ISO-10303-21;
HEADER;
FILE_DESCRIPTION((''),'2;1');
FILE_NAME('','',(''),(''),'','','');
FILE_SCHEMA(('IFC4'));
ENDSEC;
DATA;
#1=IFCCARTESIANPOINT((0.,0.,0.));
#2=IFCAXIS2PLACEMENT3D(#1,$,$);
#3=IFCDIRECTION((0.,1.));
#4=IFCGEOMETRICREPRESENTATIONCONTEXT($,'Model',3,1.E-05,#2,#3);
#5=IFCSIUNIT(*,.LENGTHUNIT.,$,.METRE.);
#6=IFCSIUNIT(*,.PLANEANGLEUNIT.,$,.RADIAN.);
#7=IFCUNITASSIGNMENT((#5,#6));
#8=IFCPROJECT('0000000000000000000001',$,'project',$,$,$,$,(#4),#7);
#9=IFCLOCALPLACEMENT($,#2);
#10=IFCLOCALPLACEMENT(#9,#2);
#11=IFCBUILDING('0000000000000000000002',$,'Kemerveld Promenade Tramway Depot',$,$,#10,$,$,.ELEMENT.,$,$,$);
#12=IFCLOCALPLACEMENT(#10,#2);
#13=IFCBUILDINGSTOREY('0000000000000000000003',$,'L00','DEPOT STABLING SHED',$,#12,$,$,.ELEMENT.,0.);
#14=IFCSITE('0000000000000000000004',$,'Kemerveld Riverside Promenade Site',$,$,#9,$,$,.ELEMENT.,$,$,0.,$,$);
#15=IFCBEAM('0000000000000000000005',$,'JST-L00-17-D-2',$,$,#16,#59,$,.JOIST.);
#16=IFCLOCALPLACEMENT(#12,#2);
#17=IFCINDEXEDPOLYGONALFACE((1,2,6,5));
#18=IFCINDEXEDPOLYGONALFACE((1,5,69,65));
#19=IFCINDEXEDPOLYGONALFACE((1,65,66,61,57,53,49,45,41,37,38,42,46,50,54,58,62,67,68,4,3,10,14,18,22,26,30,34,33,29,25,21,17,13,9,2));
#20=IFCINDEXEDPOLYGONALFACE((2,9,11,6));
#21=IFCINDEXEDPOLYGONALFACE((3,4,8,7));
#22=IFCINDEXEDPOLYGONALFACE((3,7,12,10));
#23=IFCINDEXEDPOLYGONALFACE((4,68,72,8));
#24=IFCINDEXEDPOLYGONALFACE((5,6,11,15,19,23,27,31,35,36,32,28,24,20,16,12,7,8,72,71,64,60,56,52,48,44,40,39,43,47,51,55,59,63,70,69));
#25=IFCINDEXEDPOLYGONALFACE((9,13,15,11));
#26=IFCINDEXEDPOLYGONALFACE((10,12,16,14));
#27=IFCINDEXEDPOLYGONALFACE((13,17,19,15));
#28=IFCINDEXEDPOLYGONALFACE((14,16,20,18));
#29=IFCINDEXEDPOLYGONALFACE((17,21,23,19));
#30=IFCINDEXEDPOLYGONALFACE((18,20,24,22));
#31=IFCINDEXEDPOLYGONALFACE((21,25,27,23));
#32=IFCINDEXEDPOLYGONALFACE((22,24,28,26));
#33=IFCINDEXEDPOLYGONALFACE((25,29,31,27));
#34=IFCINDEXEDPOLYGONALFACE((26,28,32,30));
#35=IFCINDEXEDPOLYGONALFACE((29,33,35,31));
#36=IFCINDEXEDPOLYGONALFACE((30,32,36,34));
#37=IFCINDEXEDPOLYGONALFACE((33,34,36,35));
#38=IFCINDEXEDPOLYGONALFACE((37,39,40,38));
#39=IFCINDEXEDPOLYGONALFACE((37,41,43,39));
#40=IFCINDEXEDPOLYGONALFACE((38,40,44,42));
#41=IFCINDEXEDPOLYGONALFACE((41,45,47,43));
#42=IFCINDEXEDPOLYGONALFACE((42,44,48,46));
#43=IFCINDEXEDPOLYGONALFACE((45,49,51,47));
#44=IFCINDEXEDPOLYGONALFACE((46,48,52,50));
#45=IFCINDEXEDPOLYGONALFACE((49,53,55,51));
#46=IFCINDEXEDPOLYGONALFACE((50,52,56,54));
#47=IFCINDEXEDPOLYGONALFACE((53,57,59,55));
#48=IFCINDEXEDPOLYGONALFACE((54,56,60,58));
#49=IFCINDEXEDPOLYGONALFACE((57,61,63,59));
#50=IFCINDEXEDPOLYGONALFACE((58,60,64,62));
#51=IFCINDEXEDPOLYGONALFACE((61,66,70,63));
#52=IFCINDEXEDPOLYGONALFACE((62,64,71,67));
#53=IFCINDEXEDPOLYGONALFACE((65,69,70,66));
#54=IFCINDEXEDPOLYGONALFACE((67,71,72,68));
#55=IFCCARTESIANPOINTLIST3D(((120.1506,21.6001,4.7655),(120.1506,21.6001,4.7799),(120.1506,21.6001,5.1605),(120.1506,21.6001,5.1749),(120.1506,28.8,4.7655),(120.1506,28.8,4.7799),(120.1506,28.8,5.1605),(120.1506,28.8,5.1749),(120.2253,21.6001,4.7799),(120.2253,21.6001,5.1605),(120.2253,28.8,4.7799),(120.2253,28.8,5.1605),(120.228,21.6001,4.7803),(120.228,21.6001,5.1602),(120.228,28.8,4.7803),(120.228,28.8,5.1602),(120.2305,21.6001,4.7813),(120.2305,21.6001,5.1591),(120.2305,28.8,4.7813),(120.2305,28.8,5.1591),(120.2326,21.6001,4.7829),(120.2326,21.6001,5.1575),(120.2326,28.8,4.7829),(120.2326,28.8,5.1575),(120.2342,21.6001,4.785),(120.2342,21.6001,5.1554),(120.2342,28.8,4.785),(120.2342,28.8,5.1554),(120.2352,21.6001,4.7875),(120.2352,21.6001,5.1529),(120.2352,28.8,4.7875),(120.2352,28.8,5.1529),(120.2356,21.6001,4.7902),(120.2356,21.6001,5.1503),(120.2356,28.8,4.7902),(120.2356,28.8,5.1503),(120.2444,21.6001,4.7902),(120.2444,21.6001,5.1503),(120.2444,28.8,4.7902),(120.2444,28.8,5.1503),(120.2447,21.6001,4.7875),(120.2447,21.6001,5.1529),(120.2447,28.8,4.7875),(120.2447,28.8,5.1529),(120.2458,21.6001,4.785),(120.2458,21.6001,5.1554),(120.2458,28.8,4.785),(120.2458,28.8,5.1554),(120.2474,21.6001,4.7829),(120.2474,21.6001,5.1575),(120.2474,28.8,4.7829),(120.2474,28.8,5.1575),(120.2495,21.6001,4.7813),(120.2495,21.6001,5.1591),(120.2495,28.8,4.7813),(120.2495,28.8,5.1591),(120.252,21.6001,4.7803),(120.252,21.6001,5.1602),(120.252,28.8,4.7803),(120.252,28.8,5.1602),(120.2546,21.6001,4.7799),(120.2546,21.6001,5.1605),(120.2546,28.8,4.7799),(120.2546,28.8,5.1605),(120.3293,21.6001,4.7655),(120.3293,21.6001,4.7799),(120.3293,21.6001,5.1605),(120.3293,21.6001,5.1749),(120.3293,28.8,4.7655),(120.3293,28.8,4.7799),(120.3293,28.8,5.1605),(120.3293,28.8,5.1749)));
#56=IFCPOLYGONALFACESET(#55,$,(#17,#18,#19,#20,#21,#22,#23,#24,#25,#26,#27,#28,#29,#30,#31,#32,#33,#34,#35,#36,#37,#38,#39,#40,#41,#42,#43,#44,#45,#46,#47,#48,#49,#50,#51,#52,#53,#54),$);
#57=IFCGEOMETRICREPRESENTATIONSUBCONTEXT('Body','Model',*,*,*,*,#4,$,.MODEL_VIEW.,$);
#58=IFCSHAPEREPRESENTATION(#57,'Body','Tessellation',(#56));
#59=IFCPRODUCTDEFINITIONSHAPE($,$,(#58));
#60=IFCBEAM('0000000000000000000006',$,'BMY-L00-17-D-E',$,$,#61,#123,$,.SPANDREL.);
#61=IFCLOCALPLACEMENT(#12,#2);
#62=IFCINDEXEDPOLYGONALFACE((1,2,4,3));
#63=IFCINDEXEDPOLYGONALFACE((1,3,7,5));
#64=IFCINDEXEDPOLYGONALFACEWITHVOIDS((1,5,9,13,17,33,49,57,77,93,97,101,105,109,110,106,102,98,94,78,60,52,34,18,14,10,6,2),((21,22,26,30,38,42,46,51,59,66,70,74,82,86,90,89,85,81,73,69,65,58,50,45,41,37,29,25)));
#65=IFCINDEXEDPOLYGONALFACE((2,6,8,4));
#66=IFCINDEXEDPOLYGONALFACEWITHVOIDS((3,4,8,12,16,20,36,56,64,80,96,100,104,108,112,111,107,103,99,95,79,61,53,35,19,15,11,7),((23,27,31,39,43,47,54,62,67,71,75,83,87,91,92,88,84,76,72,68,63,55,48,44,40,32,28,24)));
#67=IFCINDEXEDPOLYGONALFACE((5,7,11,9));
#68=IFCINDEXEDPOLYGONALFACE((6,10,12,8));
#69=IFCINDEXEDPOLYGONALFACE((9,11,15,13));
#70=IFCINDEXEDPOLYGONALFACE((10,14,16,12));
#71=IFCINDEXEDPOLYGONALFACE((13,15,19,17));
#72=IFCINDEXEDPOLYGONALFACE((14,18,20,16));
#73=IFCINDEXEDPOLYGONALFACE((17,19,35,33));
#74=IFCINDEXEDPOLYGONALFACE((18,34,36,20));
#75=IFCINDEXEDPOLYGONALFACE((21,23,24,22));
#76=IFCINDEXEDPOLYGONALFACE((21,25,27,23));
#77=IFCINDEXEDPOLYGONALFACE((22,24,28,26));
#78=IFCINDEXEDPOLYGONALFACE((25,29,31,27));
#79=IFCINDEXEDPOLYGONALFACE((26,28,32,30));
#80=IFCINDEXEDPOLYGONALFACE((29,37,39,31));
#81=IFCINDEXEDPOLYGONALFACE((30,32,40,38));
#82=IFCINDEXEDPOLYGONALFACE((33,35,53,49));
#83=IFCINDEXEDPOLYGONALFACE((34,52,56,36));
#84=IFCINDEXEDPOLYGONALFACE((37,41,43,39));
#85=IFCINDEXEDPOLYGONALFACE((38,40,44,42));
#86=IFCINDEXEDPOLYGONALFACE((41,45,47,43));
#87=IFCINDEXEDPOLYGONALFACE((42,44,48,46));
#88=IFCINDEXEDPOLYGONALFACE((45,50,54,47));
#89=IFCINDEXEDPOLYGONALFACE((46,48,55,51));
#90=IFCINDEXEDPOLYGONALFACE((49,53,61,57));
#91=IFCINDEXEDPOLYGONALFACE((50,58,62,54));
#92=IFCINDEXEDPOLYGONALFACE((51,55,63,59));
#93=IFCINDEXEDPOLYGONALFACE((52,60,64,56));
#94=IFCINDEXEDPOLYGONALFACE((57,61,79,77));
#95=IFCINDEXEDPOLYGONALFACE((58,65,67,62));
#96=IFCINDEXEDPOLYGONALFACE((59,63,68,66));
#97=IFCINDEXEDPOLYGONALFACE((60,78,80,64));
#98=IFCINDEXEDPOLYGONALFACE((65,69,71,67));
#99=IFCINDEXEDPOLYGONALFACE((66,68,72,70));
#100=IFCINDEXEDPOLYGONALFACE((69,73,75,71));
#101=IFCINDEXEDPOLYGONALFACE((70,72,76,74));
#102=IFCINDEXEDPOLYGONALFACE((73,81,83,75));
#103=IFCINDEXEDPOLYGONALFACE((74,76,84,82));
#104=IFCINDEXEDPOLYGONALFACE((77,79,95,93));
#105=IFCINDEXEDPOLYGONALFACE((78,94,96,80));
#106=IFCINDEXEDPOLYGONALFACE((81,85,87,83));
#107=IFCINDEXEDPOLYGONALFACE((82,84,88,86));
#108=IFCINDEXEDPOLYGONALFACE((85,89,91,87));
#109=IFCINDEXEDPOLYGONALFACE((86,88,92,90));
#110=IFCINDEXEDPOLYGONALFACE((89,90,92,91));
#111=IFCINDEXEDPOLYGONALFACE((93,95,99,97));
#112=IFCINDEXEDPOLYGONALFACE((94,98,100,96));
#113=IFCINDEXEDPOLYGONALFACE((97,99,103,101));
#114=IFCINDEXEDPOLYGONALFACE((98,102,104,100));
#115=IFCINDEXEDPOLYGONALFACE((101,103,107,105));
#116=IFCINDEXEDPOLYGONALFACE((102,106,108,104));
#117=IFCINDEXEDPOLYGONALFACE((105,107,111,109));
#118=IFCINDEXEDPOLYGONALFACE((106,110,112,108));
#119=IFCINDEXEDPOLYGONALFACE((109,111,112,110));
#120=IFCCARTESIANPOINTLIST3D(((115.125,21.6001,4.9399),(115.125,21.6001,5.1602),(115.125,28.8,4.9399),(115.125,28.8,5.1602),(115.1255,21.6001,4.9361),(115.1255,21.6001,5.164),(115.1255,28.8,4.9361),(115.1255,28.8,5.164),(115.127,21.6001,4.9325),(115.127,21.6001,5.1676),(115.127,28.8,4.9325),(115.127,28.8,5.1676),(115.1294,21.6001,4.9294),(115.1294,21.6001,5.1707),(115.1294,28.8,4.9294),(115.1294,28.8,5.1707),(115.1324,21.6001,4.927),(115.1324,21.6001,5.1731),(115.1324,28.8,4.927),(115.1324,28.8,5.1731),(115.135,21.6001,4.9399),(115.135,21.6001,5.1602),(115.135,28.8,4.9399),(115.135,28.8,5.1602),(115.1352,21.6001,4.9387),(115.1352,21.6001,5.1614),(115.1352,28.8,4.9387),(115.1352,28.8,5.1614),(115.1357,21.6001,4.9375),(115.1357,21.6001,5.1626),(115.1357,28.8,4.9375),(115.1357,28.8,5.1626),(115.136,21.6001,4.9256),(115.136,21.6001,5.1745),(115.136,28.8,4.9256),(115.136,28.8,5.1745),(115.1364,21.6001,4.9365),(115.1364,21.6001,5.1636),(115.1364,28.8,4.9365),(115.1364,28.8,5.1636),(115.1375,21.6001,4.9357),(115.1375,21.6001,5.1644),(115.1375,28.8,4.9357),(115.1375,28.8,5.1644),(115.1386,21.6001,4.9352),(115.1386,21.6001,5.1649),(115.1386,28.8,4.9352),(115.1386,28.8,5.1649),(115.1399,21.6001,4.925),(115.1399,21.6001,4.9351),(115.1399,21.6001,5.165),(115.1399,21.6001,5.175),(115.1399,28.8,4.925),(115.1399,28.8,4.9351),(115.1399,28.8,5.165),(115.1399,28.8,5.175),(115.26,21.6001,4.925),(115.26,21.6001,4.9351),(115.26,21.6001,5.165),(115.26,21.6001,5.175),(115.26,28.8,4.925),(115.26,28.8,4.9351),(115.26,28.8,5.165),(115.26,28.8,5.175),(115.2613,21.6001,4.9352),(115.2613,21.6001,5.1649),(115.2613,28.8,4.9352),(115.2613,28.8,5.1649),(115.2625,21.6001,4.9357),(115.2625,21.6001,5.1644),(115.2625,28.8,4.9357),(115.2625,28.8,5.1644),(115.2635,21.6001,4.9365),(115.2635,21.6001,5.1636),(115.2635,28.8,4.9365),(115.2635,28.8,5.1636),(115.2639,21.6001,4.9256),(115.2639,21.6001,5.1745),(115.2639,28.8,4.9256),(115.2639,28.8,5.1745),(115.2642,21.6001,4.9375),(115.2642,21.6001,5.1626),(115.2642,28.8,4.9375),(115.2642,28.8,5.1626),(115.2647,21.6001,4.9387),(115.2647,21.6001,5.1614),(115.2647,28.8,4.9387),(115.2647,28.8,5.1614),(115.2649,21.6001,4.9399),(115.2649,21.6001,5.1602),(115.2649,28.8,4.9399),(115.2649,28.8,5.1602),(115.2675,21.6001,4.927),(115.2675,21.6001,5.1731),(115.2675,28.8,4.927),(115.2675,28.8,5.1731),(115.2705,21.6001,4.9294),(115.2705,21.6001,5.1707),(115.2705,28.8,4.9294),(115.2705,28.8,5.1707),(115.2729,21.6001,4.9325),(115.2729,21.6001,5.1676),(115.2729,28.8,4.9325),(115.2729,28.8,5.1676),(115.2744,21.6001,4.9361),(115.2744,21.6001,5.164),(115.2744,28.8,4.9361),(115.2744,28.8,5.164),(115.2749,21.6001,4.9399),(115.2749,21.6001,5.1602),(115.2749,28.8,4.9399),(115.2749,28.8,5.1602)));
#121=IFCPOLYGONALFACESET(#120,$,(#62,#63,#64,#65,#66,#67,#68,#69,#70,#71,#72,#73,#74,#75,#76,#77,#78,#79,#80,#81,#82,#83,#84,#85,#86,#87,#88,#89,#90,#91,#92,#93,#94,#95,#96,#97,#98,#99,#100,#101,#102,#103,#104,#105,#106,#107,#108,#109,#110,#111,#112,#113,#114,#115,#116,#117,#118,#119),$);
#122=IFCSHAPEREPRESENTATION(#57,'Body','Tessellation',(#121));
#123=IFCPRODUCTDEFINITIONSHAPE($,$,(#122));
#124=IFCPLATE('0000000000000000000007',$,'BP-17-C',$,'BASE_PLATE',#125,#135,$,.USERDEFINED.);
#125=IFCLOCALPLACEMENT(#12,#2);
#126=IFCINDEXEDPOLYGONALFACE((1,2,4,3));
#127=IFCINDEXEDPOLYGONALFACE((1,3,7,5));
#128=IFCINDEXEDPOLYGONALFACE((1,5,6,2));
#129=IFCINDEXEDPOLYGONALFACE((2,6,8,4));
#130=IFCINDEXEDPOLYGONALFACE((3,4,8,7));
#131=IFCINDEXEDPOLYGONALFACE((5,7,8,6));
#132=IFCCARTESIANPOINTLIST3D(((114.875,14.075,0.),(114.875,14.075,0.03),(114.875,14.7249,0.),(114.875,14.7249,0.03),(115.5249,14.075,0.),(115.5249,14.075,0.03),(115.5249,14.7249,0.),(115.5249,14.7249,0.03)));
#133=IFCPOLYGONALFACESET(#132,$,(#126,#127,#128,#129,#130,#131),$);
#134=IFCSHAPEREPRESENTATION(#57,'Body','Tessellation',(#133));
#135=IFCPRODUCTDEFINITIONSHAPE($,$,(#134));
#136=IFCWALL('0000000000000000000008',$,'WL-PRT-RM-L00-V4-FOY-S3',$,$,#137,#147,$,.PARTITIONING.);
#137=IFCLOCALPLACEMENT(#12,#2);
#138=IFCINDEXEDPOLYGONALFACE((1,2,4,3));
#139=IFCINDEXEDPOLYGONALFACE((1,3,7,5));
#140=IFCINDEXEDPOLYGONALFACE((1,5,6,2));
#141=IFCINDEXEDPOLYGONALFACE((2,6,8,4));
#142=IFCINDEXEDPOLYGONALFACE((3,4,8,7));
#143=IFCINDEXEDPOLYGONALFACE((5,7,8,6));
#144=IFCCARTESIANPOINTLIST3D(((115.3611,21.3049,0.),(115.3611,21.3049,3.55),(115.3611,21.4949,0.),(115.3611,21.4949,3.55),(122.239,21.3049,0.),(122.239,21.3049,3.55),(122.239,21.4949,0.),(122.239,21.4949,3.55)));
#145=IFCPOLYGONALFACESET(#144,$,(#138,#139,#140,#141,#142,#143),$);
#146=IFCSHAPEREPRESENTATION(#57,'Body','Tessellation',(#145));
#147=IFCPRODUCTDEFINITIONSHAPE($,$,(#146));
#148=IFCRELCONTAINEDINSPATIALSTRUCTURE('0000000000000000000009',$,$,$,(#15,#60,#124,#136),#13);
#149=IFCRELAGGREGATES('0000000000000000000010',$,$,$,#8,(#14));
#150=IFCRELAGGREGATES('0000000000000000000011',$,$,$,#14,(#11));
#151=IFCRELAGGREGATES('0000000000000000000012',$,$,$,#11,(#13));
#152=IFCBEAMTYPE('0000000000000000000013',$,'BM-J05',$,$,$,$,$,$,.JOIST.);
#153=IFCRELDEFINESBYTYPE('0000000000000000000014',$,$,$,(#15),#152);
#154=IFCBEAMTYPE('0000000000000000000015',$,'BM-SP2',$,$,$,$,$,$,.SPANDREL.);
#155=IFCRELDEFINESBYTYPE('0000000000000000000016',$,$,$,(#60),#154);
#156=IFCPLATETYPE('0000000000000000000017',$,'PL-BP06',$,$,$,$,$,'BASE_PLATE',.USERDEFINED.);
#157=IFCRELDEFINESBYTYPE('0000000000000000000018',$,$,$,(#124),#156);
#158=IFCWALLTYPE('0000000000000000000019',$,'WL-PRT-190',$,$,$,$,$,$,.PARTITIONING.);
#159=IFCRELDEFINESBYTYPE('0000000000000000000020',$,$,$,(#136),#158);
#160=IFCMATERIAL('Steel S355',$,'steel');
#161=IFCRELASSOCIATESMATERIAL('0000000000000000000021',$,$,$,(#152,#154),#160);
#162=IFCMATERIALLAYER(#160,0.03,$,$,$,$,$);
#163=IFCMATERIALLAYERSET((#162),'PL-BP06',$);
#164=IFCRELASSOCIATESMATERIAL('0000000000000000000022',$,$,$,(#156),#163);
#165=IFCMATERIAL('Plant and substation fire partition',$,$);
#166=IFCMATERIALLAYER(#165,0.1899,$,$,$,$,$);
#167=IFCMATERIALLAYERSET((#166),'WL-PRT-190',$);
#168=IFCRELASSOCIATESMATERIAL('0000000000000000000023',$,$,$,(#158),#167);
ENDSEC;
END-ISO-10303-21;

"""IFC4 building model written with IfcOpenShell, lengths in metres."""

from ifc_helpers import new_model, si_unit, direction, frame, frame_2d, origin, origin_2d, place, context, subcontext, project, spatial, rectangle, hollow_rectangle, i_section, extrude, material, layer, layer_set, material_profile, profile_set, type_object, element, save


model = new_model("IFC4")

# Units and contexts
model_context = context("Model", 3, precision=1e-05, world=origin(), true_north=direction((0.0, 1.0)))
body_context = subcontext(model_context, "Body", "Model", "MODEL_VIEW")
ifc_project = project(units=[si_unit("LENGTHUNIT", "METRE"), si_unit("PLANEANGLEUNIT", "RADIAN")], contexts=[model_context])

# Site, building, storey
site_placement = place(None, origin())
site = spatial("IfcSite", under=ifc_project, at=site_placement, Name="Kemerveld Riverside Promenade Site", CompositionType="ELEMENT", RefElevation=0.0)
building_placement = place(site_placement, origin())
building = spatial("IfcBuilding", under=site, at=building_placement, Name="Kemerveld Promenade Tramway Depot", CompositionType="ELEMENT")
storey_placement = place(building_placement, origin())
storey = spatial("IfcBuildingStorey", under=building, at=storey_placement, Name="L00", Description="DEPOT STABLING SHED", CompositionType="ELEMENT", Elevation=0.0)

# Shared definitions
ifc_material_1 = material(Name="Steel S355", Category="steel")

# Beams
ifc_material_profile_1 = material_profile(ifc_material_1, i_section(OverallWidth=0.1787, OverallDepth=0.4094, WebThickness=0.0088, FlangeThickness=0.0144, FilletRadius=0.0103, at=origin_2d()), Name="406x178x67 UB")
ifc_profile_set_1 = profile_set([ifc_material_profile_1], Name="Steel S355")
beam_type_1 = type_object("IfcBeamType", Name="BM-J05", PredefinedType="JOIST", material=ifc_profile_set_1)
for number, where, z_axis, x_axis, name in (
    (1, (120.24, 21.6001, 4.9702), (0.0, 1.0, 0.0), (-1.0, 0.0, 0.0), "JST-L00-17-D-2"),
):
    element("IfcBeam", number, at=place(storey_placement, frame(where, z_axis=z_axis, x_axis=x_axis)), inside=storey, type_object=beam_type_1, Name=name, PredefinedType="JOIST", context=body_context, shape_type="SweptSolid", body=[
        extrude(i_section(OverallWidth=0.1787, OverallDepth=0.4094, WebThickness=0.0088, FlangeThickness=0.0144, FilletRadius=0.0103, at=origin_2d()), origin(), (0.0, 0.0, 1.0), 7.2),
    ])
ifc_material_profile_2 = material_profile(ifc_material_1, hollow_rectangle(XDim=0.1499, YDim=0.25, WallThickness=0.01, InnerFilletRadius=0.0049, OuterFilletRadius=0.0149, at=origin_2d()), Name="250x150x10.0 RHS")
ifc_profile_set_2 = profile_set([ifc_material_profile_2], Name="Steel S355")
beam_type_2 = type_object("IfcBeamType", Name="BM-SP2", PredefinedType="SPANDREL", material=ifc_profile_set_2)
beam_1_placement = place(storey_placement, frame((115.2, 21.6001, 5.05), z_axis=(0.0, 1.0, 0.0), x_axis=(-1.0, 0.0, 0.0)))
element("IfcBeam", 2, at=beam_1_placement, inside=storey, type_object=beam_type_2, Name="BMY-L00-17-D-E", PredefinedType="SPANDREL", context=body_context, shape_type="SweptSolid", body=[
    extrude(hollow_rectangle(XDim=0.1499, YDim=0.25, WallThickness=0.01, InnerFilletRadius=0.0049, OuterFilletRadius=0.0149, at=origin_2d()), origin(), (0.0, 0.0, 1.0), 7.2),
])

# Plate
ifc_layer_1 = layer(ifc_material_1, 0.03)
ifc_layer_set_1 = layer_set([ifc_layer_1], Name="PL-BP06")
plate_type = type_object("IfcPlateType", Name="PL-BP06", ElementType="BASE_PLATE", PredefinedType="USERDEFINED", material=ifc_layer_set_1)
plate_placement = place(storey_placement, frame((115.2, 14.3999, 0.0), z_axis=(0.0, 0.0, 1.0), x_axis=(1.0, 0.0, 0.0)))
element("IfcPlate", 3, at=plate_placement, inside=storey, type_object=plate_type, Name="BP-17-C", ObjectType="BASE_PLATE", PredefinedType="USERDEFINED", context=body_context, shape_type="SweptSolid", body=[
    extrude(rectangle(XDim=0.6499, YDim=0.6499, at=origin_2d()), origin(), (0.0, 0.0, 1.0), 0.03),
])

# Wall
ifc_material_2 = material(Name="Plant and substation fire partition")
ifc_layer_2 = layer(ifc_material_2, 0.1899)
ifc_layer_set_2 = layer_set([ifc_layer_2], Name="WL-PRT-190")
wall_type = type_object("IfcWallType", Name="WL-PRT-190", PredefinedType="PARTITIONING", material=ifc_layer_set_2)
wall_placement = place(storey_placement, frame((115.3611, 21.3999, 0.0), z_axis=(0.0, 0.0, 1.0), x_axis=(1.0, 0.0, 0.0)))
element("IfcWall", 4, at=wall_placement, inside=storey, type_object=wall_type, Name="WL-PRT-RM-L00-V4-FOY-S3", PredefinedType="PARTITIONING", context=body_context, shape_type="SweptSolid", body=[
    extrude(rectangle(XDim=6.8779, YDim=0.1899, at=frame_2d((3.439, 0.0))), origin(), (0.0, 0.0, 1.0), 3.55),
])

save(model, "model.ifc")
